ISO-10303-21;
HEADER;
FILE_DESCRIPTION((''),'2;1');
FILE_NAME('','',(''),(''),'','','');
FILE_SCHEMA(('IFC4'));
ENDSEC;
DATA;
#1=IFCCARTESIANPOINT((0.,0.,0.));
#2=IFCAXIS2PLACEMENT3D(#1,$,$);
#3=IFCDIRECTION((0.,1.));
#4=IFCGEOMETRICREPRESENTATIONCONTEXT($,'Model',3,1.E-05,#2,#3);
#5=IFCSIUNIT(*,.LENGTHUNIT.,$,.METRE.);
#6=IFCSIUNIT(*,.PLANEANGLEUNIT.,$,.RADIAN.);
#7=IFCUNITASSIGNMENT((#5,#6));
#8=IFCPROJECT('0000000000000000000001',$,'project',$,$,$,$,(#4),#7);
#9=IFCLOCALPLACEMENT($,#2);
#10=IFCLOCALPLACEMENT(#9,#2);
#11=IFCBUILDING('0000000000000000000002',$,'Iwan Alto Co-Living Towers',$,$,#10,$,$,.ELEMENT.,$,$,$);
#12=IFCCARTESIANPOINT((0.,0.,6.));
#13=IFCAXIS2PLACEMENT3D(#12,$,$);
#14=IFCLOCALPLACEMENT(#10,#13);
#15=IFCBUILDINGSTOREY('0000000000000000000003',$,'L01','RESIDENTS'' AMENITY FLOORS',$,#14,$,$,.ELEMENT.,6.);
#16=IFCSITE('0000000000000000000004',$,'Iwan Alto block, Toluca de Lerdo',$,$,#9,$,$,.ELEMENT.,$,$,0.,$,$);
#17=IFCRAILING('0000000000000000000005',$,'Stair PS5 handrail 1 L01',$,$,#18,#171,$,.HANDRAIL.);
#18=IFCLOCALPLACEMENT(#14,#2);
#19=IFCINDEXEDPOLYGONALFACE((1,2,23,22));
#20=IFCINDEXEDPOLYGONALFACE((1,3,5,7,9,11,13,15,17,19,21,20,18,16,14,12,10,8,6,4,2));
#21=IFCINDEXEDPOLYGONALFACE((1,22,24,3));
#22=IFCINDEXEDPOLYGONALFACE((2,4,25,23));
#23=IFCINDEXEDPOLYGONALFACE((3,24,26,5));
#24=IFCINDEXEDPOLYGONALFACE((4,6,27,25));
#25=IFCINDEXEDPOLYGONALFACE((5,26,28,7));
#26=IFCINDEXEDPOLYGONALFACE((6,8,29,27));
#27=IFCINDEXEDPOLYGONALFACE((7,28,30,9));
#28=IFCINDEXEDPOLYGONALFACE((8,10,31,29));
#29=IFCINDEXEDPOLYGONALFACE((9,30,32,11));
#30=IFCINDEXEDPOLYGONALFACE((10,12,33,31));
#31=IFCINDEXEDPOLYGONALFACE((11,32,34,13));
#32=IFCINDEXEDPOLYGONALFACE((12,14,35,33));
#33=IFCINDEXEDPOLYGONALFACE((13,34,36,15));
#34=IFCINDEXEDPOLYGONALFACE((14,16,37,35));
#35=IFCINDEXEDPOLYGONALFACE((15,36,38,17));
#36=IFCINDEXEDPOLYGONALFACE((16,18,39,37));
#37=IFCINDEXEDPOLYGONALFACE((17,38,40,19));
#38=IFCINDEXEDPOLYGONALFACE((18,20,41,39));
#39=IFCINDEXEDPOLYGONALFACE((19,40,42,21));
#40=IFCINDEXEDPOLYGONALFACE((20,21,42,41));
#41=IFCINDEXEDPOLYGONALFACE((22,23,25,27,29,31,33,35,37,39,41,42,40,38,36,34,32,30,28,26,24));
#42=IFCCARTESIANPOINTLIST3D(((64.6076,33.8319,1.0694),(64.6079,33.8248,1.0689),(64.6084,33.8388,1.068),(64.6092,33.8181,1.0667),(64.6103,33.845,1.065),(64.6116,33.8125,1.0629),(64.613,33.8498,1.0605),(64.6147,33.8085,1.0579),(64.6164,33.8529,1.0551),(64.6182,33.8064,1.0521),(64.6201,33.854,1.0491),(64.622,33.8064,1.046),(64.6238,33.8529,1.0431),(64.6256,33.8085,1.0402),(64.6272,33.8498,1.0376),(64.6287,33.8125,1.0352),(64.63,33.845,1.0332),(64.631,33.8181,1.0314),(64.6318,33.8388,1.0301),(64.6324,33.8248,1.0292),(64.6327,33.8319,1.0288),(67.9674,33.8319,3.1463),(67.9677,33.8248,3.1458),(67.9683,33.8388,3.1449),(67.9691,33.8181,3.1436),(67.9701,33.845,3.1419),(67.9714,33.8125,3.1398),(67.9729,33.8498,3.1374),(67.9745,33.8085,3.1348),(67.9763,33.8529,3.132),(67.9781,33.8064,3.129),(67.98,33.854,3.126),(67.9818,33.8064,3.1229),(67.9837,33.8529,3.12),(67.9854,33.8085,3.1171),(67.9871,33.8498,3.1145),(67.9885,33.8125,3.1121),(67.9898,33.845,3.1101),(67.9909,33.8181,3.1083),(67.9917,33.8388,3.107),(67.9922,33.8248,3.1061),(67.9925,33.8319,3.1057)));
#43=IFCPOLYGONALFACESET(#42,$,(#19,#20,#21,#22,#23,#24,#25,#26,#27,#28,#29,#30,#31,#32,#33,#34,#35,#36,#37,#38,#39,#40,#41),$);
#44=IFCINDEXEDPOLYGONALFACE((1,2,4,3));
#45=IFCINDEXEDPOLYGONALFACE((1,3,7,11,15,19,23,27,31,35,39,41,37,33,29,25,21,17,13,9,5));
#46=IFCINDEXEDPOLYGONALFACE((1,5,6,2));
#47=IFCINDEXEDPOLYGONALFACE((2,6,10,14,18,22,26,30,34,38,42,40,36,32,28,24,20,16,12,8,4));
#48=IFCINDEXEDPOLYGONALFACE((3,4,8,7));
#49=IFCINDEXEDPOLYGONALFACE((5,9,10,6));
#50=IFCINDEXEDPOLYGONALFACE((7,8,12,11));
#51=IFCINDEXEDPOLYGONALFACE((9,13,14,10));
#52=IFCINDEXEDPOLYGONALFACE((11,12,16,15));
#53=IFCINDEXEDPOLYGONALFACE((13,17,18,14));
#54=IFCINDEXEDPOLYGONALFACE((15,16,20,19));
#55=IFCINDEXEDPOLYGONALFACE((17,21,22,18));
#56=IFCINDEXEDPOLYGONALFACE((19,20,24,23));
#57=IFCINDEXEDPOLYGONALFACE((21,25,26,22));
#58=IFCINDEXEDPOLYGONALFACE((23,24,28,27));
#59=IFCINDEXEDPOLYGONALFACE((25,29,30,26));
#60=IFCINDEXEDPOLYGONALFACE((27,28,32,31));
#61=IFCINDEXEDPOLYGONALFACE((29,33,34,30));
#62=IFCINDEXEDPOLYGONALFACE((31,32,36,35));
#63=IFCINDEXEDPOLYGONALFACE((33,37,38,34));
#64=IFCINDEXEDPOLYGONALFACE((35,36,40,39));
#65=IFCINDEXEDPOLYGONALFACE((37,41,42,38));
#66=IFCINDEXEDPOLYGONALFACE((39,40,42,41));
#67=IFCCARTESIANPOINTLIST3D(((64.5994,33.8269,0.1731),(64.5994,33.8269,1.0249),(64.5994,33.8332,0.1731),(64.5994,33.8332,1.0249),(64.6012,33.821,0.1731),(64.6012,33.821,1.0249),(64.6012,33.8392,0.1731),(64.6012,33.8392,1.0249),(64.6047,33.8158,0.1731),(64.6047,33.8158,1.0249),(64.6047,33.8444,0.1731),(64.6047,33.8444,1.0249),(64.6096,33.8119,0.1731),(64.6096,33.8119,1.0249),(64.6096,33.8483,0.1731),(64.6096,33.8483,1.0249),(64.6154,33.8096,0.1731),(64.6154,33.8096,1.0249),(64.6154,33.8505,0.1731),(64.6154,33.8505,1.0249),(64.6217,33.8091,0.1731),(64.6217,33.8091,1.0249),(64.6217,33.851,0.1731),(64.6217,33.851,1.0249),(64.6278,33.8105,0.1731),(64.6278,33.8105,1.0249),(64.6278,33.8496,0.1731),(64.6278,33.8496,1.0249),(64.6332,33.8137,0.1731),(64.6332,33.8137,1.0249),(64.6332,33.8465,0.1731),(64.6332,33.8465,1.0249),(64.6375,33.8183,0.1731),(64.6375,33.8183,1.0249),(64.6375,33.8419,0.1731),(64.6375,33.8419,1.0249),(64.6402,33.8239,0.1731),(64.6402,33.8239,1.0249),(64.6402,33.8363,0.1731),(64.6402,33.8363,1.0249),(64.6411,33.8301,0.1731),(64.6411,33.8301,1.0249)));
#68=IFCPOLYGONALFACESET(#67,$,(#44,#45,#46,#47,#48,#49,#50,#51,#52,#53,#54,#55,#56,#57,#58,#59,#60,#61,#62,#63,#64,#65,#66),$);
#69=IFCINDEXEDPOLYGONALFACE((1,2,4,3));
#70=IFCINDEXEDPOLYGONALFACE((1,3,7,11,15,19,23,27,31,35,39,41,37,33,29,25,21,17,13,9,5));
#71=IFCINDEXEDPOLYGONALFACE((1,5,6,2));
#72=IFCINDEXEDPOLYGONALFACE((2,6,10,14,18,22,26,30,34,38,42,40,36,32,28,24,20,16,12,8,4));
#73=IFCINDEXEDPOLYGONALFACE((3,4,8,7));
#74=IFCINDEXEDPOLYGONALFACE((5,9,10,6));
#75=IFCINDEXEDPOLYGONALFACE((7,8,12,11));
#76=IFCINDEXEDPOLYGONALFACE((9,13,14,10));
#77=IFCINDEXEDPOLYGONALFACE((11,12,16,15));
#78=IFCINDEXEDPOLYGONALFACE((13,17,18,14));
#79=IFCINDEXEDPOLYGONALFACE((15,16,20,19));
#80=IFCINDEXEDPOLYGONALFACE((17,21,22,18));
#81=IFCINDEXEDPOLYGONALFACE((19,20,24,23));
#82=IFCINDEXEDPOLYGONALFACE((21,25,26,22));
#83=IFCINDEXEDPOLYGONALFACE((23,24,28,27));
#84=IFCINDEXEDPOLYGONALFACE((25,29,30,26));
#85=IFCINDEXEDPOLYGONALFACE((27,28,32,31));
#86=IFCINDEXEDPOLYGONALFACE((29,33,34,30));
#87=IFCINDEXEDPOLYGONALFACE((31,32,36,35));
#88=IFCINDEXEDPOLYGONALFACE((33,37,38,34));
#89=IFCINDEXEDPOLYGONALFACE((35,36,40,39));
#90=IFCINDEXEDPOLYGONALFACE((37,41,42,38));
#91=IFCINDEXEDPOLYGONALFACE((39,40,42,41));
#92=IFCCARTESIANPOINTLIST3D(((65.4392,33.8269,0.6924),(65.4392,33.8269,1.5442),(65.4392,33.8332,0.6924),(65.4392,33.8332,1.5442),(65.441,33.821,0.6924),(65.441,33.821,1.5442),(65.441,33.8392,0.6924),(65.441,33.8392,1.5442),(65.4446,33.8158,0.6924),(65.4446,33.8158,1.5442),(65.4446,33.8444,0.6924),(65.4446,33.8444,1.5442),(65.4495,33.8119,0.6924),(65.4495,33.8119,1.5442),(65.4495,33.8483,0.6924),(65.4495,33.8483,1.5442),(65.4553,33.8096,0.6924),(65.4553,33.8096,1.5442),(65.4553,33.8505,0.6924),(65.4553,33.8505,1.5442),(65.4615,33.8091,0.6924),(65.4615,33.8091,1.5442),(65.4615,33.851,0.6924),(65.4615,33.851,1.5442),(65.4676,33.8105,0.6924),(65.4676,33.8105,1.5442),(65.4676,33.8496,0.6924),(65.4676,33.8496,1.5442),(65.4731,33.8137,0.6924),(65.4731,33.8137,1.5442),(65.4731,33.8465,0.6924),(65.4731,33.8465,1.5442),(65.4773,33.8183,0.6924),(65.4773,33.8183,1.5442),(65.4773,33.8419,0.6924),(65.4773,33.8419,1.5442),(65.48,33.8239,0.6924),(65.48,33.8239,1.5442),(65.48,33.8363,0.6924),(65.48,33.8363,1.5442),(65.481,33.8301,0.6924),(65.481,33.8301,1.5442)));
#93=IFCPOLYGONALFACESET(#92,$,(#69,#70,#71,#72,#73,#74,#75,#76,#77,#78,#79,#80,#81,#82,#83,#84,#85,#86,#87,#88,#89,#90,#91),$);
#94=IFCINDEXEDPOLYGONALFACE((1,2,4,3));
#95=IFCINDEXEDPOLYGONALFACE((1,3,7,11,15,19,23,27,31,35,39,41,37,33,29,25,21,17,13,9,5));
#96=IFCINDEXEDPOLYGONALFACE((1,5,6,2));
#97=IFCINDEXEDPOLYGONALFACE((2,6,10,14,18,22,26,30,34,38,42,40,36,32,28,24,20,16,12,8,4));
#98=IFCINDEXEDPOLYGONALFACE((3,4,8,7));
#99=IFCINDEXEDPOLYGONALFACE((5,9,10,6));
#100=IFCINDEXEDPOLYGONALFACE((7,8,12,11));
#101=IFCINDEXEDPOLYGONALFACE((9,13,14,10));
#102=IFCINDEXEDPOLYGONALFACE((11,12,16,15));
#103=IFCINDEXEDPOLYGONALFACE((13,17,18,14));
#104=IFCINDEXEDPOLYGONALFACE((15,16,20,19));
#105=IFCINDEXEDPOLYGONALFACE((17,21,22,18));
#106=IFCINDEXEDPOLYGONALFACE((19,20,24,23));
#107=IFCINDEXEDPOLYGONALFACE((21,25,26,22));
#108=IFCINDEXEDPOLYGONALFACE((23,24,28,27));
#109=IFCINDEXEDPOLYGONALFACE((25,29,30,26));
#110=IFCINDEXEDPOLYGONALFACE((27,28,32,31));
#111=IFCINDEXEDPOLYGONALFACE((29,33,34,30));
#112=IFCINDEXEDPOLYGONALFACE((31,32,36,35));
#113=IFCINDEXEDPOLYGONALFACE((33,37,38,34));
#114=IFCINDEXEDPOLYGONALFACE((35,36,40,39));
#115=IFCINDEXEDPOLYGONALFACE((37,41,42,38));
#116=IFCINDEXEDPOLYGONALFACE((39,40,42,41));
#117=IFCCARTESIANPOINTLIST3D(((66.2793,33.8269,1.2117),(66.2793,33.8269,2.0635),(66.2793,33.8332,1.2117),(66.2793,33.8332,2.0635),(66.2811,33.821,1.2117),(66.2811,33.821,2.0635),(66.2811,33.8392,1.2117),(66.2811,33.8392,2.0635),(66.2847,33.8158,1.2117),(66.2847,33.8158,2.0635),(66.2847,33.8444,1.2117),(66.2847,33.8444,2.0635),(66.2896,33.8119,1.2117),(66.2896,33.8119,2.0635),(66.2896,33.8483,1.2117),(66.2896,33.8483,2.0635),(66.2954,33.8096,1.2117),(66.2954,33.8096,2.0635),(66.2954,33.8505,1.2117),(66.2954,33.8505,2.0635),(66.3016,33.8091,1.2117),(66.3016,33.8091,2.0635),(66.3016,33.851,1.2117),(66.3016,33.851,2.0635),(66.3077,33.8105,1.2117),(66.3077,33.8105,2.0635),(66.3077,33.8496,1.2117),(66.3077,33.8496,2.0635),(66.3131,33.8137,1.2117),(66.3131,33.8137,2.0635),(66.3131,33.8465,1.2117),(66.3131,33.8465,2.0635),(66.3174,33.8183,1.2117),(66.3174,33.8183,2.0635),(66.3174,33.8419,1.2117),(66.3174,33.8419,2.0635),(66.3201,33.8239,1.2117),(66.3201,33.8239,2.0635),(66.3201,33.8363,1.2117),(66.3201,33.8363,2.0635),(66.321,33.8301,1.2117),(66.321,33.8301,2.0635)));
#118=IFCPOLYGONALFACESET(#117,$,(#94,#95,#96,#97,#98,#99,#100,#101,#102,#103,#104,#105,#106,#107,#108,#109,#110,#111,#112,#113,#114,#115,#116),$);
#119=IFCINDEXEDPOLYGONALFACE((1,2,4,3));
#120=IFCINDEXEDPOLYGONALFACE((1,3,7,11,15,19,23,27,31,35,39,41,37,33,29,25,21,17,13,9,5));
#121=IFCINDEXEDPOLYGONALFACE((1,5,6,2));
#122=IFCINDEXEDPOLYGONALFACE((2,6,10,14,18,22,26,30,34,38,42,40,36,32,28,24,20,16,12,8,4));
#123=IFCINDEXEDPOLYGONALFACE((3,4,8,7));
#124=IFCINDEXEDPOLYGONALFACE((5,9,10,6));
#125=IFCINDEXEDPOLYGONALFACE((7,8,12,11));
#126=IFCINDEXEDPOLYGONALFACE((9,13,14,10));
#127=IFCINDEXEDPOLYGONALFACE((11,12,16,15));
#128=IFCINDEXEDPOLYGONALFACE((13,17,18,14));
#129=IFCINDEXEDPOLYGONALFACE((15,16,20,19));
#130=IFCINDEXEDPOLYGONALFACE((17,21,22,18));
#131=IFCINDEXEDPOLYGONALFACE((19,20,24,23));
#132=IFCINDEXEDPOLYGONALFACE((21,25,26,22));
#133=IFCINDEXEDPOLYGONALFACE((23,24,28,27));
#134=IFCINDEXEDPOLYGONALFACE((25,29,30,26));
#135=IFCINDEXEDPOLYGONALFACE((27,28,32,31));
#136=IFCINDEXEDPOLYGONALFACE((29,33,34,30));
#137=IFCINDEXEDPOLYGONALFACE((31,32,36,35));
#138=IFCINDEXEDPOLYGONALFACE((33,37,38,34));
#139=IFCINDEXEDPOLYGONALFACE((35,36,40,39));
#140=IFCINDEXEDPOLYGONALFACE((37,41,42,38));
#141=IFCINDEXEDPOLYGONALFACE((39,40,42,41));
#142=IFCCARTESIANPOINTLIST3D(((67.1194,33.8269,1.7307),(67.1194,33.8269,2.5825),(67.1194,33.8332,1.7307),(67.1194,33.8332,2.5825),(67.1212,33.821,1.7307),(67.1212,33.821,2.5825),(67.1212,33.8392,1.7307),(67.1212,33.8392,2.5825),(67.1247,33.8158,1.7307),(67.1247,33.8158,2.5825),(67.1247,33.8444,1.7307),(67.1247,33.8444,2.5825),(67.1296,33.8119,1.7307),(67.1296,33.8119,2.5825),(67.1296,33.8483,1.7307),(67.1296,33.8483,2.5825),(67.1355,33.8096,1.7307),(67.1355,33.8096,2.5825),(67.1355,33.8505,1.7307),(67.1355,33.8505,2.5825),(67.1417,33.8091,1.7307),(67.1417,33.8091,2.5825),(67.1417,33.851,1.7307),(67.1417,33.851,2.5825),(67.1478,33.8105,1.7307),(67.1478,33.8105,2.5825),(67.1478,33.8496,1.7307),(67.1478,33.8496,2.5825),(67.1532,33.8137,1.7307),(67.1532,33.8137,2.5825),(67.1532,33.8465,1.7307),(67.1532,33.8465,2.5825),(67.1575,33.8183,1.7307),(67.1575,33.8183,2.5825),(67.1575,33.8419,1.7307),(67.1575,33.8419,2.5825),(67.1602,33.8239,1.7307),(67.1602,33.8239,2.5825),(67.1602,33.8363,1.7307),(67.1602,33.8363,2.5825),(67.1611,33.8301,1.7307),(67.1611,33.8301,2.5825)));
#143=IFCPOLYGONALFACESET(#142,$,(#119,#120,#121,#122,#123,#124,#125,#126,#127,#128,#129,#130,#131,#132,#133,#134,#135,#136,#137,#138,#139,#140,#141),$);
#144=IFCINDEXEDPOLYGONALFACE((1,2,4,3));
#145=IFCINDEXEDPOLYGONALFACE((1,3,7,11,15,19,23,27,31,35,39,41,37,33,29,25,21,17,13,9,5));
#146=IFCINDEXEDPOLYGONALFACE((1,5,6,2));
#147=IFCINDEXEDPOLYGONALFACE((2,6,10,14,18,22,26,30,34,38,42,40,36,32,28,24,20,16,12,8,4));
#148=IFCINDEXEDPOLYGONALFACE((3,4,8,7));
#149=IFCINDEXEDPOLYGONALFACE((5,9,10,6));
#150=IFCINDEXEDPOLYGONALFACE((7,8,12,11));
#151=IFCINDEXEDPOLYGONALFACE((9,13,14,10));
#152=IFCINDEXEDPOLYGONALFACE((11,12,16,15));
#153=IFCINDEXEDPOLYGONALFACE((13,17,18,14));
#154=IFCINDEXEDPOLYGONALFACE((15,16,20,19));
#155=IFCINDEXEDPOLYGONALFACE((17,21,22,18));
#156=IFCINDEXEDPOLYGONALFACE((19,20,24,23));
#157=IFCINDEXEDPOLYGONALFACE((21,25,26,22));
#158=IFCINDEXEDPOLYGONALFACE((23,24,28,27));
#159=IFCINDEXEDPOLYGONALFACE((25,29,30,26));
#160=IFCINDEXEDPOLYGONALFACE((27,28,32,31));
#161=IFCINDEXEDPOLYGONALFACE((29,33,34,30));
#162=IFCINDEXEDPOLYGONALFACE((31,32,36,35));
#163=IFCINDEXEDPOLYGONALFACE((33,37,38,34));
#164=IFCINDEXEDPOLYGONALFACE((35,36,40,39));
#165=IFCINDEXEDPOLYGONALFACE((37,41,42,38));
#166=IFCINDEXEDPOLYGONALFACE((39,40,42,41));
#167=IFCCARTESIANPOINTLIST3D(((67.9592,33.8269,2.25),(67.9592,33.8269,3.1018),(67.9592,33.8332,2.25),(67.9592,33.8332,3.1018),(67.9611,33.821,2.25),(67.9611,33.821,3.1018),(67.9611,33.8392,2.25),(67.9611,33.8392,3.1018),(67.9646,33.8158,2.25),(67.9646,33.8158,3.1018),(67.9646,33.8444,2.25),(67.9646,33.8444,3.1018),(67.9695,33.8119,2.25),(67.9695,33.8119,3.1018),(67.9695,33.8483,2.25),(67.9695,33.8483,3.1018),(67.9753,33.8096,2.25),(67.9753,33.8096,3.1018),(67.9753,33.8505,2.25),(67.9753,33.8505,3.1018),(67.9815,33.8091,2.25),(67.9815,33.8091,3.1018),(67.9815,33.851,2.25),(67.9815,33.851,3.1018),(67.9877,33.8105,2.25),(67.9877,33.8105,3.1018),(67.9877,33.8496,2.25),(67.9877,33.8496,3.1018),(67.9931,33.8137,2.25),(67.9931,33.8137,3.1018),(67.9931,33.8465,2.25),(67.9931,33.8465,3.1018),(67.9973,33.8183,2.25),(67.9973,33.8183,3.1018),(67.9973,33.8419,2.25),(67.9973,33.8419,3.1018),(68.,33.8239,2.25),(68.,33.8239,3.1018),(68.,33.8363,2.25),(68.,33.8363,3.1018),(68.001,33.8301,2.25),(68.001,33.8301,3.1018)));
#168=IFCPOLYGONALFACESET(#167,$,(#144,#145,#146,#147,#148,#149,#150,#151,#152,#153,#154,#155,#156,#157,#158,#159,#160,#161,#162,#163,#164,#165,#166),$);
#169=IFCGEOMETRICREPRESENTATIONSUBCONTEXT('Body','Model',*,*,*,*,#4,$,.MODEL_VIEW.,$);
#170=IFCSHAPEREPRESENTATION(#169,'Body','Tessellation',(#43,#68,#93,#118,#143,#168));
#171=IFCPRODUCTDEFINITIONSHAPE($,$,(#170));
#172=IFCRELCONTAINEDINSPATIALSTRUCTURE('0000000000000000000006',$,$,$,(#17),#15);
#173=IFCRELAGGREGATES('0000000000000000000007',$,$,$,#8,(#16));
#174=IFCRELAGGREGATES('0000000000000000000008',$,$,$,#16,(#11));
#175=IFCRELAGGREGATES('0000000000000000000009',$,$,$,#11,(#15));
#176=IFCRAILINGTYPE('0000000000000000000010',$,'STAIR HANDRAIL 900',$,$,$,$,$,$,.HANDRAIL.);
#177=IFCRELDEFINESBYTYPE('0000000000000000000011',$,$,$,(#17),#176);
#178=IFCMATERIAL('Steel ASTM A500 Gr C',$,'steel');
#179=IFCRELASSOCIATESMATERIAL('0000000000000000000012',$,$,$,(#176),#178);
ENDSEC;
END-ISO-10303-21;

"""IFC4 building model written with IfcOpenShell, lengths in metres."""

from ifc_helpers import new_model, si_unit, direction, frame, origin, origin_2d, place, context, subcontext, project, spatial, circle, extrude, material, type_object, element, save


model = new_model("IFC4")

# Units and contexts
model_context = context("Model", 3, precision=1e-05, world=origin(), true_north=direction((0.0, 1.0)))
body_context = subcontext(model_context, "Body", "Model", "MODEL_VIEW")
ifc_project = project(units=[si_unit("LENGTHUNIT", "METRE"), si_unit("PLANEANGLEUNIT", "RADIAN")], contexts=[model_context])

# Site, building, storey
site_placement = place(None, origin())
site = spatial("IfcSite", under=ifc_project, at=site_placement, Name="Iwan Alto block, Toluca de Lerdo", CompositionType="ELEMENT", RefElevation=0.0)
building_placement = place(site_placement, origin())
building = spatial("IfcBuilding", under=site, at=building_placement, Name="Iwan Alto Co-Living Towers", CompositionType="ELEMENT")
storey_placement = place(building_placement, frame((0.0, 0.0, 6.0)))
storey = spatial("IfcBuildingStorey", under=building, at=storey_placement, Name="L01", Description="RESIDENTS' AMENITY FLOORS", CompositionType="ELEMENT", Elevation=6.0)

# Railing
ifc_material_1 = material(Name="Steel ASTM A500 Gr C", Category="steel")
railing_type_1 = type_object("IfcRailingType", Name="STAIR HANDRAIL 900", PredefinedType="HANDRAIL", material=ifc_material_1)
railing_1_placement = place(storey_placement, frame((64.6201, 33.8301, 0.1731)))
element("IfcRailing", 1, at=railing_1_placement, inside=storey, type_object=railing_type_1, Name="Stair PS5 handrail 1 L01", PredefinedType="HANDRAIL", context=body_context, shape_type="SweptSolid", body=[
    extrude(circle(Radius=0.0239, at=origin_2d()), frame((0.0, 0.0, 0.876), z_axis=(0.850606, 0.0, 0.525803), x_axis=(0.0, 1.0, 0.0)), (0.0, 0.0, 1.0), 3.95),
    extrude(circle(Radius=0.021, at=origin_2d()), origin(), (0.0, 0.0, 1.0), 0.8518),
    extrude(circle(Radius=0.021, at=origin_2d()), frame((0.8398, 0.0, 0.5193)), (0.0, 0.0, 1.0), 0.8518),
    extrude(circle(Radius=0.021, at=origin_2d()), frame((1.6799, 0.0, 1.0386)), (0.0, 0.0, 1.0), 0.8518),
    extrude(circle(Radius=0.021, at=origin_2d()), frame((2.52, 0.0, 1.5576)), (0.0, 0.0, 1.0), 0.8518),
    extrude(circle(Radius=0.021, at=origin_2d()), frame((3.3599, 0.0, 2.0769)), (0.0, 0.0, 1.0), 0.8518),
])

save(model, "model.ifc")
